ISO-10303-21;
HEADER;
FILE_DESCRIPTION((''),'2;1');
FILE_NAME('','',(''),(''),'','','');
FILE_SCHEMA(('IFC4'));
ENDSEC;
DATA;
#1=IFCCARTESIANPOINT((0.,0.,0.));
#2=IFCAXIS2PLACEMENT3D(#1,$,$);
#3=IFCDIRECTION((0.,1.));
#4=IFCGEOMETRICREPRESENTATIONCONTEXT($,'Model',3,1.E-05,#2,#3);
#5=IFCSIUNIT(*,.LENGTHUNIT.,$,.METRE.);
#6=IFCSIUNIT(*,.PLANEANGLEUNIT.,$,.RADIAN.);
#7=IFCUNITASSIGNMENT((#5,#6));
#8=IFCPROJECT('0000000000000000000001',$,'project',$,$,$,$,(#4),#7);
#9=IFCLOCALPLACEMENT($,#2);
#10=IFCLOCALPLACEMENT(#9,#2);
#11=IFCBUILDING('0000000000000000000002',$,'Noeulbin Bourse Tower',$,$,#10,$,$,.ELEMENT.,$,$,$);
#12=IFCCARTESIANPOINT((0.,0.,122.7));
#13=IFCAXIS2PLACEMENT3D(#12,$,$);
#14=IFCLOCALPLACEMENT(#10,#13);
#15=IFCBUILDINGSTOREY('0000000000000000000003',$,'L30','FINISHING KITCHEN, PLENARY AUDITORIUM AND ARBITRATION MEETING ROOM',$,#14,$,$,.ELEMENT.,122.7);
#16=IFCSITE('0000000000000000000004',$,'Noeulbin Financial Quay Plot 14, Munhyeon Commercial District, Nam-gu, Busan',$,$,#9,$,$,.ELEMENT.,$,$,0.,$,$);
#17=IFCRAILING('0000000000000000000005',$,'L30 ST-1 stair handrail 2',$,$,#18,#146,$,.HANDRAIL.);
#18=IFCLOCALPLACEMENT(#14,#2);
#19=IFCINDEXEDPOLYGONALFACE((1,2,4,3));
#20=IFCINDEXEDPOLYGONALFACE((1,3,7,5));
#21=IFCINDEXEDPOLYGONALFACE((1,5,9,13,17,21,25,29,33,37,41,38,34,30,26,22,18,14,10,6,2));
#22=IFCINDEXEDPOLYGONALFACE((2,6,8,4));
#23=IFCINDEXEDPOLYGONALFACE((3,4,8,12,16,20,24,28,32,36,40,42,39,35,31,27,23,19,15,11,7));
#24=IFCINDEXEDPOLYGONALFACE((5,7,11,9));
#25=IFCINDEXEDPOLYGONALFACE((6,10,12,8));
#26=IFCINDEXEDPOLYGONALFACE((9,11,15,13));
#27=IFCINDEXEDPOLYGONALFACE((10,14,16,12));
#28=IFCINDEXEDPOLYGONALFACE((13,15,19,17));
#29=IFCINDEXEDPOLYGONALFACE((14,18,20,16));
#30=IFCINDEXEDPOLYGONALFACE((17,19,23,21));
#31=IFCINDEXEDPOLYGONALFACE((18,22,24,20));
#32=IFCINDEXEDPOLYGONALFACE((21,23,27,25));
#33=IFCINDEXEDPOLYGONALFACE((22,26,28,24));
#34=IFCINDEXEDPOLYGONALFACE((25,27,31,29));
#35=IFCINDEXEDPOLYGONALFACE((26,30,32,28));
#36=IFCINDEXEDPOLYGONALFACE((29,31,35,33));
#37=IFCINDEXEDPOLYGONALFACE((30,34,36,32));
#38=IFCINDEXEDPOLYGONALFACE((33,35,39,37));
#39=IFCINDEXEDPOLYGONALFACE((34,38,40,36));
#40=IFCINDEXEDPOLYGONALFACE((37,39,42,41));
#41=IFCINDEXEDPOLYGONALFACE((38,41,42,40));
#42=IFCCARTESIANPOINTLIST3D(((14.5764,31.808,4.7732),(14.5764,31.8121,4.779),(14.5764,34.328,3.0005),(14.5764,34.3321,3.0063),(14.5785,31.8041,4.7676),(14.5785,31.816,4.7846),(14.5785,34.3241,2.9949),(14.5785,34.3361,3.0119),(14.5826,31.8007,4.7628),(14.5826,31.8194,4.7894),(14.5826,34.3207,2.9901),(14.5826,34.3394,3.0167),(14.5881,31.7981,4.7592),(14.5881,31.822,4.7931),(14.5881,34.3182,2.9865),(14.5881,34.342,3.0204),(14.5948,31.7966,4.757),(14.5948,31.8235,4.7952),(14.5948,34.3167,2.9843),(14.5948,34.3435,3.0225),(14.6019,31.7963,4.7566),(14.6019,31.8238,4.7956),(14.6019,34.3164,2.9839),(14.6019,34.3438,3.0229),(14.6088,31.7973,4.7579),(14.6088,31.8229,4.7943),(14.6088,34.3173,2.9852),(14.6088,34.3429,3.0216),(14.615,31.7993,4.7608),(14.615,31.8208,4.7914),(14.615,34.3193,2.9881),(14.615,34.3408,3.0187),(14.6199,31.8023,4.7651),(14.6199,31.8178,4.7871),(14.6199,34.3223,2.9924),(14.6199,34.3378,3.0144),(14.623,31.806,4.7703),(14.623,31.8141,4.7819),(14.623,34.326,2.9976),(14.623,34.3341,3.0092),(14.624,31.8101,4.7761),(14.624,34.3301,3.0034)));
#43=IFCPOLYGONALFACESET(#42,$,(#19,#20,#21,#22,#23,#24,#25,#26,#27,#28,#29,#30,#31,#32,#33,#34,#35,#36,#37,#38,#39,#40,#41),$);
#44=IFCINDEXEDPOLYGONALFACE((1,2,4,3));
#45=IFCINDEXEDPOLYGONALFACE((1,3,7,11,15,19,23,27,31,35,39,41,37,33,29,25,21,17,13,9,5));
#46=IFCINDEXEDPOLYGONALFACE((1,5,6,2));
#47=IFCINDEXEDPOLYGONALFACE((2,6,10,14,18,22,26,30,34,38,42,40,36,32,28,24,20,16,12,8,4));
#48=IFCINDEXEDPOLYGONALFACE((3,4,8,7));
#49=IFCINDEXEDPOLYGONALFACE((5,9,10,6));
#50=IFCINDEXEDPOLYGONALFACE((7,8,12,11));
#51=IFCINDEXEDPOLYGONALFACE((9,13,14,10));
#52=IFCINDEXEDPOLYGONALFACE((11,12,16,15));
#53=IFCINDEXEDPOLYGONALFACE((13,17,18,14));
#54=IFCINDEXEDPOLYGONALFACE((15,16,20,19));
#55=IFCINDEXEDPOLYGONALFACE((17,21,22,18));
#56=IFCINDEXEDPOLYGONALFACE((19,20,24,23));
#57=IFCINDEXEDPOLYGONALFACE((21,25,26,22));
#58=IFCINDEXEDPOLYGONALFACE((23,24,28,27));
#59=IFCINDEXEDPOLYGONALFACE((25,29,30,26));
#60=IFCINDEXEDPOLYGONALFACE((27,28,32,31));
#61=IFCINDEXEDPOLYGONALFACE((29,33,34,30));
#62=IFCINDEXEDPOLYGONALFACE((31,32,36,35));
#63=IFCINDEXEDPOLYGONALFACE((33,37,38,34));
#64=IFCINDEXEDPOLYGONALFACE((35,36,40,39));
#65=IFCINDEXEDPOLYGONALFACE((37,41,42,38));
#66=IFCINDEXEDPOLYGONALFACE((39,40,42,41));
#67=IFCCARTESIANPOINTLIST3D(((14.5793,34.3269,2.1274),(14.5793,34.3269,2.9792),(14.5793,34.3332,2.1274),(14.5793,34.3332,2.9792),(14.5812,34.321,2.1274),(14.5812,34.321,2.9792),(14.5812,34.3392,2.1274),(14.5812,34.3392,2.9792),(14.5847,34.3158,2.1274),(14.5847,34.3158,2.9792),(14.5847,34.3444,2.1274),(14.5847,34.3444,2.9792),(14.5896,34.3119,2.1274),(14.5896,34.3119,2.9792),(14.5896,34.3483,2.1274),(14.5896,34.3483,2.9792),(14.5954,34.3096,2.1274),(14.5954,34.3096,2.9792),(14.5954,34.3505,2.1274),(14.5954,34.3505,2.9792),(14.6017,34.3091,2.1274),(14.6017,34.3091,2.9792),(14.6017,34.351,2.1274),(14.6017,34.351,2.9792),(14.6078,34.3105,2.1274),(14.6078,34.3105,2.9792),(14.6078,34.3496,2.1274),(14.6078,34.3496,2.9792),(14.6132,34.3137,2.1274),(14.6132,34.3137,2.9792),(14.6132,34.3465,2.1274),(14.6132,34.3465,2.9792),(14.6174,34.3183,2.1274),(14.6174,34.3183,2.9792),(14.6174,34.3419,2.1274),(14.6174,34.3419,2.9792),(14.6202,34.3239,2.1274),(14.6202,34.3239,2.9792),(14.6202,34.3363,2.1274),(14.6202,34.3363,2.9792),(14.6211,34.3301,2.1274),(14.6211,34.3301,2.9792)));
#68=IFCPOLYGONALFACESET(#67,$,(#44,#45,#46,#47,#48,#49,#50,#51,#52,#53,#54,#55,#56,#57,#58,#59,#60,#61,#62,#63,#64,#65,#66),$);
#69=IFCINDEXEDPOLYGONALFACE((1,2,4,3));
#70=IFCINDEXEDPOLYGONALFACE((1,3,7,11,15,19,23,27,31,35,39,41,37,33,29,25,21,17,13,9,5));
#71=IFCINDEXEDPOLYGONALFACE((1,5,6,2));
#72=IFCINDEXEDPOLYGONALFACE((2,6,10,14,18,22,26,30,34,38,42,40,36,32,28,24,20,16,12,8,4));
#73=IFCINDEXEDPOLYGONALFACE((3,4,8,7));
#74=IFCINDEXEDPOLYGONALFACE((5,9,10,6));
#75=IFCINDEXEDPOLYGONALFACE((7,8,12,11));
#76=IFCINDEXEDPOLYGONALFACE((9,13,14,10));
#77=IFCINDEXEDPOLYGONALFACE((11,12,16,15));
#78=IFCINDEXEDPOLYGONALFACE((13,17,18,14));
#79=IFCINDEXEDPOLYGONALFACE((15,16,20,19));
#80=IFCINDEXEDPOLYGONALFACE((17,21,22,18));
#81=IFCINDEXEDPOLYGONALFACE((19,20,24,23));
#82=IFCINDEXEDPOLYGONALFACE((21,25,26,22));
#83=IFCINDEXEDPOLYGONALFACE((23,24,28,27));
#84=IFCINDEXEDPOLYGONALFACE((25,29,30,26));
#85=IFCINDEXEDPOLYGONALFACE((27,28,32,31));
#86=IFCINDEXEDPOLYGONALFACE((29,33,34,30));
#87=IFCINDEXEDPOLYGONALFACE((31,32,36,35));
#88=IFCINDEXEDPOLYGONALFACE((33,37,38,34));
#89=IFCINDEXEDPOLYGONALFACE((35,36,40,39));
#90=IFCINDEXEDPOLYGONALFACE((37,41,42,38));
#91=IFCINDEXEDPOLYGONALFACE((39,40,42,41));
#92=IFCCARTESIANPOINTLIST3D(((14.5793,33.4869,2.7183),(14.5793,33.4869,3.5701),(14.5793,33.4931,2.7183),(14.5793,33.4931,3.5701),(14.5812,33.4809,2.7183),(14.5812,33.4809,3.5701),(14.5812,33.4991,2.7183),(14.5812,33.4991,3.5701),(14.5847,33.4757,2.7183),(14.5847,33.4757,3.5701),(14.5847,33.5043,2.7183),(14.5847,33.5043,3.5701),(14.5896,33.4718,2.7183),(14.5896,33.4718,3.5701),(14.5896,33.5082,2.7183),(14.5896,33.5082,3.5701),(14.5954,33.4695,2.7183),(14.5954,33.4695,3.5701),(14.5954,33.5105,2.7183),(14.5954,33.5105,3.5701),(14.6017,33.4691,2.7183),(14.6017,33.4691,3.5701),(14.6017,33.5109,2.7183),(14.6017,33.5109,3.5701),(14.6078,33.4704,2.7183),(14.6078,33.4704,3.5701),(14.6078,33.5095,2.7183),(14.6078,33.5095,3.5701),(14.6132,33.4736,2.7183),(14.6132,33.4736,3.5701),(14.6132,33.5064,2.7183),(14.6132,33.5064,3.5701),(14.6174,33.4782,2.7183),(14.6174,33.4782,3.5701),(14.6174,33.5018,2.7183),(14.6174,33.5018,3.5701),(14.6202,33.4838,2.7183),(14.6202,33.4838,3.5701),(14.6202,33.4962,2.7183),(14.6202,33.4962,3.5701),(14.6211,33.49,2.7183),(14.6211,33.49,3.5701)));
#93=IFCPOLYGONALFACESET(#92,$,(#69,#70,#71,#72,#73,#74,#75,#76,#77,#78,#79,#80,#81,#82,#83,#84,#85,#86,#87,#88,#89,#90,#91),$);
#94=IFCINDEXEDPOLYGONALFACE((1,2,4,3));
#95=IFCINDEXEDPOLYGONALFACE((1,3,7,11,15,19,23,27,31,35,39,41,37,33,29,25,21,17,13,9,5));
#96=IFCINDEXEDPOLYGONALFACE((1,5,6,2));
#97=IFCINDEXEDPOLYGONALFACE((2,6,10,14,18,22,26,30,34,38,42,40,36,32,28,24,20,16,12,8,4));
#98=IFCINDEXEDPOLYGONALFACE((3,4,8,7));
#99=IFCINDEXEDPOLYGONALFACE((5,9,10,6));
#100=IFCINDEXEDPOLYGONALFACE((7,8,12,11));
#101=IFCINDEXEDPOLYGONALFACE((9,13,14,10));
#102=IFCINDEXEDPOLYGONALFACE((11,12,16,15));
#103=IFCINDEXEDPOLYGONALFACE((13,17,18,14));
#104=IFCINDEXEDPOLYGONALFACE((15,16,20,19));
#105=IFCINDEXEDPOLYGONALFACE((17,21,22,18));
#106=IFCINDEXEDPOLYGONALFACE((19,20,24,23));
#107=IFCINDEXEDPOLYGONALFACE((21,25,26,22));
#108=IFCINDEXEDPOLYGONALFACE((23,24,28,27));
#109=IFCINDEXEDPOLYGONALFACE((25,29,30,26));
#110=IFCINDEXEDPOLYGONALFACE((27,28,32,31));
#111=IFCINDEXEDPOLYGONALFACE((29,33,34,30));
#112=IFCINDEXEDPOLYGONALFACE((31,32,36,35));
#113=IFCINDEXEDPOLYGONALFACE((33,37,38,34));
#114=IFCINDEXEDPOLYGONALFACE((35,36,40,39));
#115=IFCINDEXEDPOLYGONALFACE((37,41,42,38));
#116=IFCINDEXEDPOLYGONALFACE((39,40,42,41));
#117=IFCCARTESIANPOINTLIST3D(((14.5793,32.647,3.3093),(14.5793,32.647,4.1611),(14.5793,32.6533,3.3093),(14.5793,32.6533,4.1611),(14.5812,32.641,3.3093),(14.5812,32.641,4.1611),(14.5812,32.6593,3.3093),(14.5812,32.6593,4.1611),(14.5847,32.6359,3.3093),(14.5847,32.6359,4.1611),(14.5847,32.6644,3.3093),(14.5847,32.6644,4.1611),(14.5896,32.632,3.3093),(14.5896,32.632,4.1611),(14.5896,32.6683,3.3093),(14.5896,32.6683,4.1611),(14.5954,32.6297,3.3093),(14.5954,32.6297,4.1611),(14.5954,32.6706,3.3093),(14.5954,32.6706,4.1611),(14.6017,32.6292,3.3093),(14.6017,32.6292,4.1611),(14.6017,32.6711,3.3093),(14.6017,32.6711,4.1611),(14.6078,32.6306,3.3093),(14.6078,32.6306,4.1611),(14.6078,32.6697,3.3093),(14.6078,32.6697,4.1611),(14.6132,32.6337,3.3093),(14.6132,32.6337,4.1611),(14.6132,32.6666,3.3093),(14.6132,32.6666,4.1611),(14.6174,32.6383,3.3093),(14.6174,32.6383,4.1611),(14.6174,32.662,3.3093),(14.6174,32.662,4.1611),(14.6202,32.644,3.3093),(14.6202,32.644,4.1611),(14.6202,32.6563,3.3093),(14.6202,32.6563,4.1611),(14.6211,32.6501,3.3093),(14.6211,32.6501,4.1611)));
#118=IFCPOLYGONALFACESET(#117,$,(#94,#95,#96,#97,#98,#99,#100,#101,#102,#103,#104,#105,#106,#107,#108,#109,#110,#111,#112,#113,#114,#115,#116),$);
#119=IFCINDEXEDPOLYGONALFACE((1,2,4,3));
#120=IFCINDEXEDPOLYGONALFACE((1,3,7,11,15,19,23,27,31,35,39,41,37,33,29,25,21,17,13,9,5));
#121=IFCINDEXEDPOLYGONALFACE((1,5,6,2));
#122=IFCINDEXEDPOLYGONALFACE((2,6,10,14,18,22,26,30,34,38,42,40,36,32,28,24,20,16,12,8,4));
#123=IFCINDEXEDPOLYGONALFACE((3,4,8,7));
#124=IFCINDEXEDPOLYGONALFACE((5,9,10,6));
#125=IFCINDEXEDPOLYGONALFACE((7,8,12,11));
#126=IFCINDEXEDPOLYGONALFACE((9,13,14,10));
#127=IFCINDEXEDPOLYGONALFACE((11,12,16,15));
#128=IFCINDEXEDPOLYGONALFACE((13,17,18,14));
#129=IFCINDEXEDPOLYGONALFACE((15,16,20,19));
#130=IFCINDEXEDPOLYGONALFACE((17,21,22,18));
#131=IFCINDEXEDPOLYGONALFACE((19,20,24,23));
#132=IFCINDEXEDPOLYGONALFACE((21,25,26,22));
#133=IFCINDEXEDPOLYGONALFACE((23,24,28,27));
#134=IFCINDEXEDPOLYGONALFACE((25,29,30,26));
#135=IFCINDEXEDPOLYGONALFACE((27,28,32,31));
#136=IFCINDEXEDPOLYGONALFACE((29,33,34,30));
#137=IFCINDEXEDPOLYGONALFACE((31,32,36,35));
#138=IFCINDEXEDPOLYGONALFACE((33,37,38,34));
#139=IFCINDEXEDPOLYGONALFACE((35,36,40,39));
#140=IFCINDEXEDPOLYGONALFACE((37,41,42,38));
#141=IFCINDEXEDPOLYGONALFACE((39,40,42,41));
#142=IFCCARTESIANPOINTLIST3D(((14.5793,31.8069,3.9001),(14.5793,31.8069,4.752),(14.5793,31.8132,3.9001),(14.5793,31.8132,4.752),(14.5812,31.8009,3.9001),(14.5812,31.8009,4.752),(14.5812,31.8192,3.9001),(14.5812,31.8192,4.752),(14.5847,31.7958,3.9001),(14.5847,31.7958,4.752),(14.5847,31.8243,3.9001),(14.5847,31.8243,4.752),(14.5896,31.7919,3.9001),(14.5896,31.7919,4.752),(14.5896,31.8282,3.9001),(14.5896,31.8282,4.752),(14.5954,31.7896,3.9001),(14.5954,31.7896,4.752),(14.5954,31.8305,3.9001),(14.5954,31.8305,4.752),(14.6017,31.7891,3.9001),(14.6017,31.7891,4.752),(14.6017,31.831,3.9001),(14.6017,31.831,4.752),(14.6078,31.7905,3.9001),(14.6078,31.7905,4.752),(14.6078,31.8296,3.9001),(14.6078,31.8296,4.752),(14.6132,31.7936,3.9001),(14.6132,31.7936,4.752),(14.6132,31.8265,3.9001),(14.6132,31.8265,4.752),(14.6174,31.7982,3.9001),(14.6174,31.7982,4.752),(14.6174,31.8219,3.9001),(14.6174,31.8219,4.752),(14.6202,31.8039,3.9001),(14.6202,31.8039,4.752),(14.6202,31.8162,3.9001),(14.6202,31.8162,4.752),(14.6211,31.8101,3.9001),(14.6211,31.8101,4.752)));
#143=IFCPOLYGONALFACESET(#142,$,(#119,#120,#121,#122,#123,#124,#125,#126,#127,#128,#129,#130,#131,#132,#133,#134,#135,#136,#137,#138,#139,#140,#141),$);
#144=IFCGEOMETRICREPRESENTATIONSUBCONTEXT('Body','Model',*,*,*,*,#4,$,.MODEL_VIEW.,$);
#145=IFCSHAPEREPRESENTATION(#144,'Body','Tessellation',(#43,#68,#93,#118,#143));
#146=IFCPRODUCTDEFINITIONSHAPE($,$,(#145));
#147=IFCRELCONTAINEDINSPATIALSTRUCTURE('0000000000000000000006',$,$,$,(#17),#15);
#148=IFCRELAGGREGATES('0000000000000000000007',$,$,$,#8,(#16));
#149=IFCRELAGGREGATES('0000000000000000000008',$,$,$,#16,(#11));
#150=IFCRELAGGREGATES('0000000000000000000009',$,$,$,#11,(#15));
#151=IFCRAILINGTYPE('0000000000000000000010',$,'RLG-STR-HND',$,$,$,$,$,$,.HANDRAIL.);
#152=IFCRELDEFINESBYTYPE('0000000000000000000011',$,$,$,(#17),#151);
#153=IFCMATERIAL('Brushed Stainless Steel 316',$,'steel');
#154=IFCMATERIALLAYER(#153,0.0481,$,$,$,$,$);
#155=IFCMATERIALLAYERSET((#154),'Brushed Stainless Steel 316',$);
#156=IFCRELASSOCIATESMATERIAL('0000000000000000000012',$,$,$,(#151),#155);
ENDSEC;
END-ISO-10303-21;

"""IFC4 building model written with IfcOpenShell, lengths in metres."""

from ifc_helpers import new_model, si_unit, direction, frame, origin, origin_2d, place, context, subcontext, project, spatial, circle, extrude, material, layer, layer_set, type_object, element, save


model = new_model("IFC4")

# Units and contexts
model_context = context("Model", 3, precision=1e-05, world=origin(), true_north=direction((0.0, 1.0)))
body_context = subcontext(model_context, "Body", "Model", "MODEL_VIEW")
ifc_project = project(units=[si_unit("LENGTHUNIT", "METRE"), si_unit("PLANEANGLEUNIT", "RADIAN")], contexts=[model_context])

# Site, building, storey
site_placement = place(None, origin())
site = spatial("IfcSite", under=ifc_project, at=site_placement, Name="Noeulbin Financial Quay Plot 14, Munhyeon Commercial District, Nam-gu, Busan", CompositionType="ELEMENT", RefElevation=0.0)
building_placement = place(site_placement, origin())
building = spatial("IfcBuilding", under=site, at=building_placement, Name="Noeulbin Bourse Tower", CompositionType="ELEMENT")
storey_placement = place(building_placement, frame((0.0, 0.0, 122.7)))
storey = spatial("IfcBuildingStorey", under=building, at=storey_placement, Name="L30", Description="FINISHING KITCHEN, PLENARY AUDITORIUM AND ARBITRATION MEETING ROOM", CompositionType="ELEMENT", Elevation=122.7)

# Railing
ifc_material_1 = material(Name="Brushed Stainless Steel 316", Category="steel")
ifc_layer_1 = layer(ifc_material_1, 0.0481)
ifc_layer_set_1 = layer_set([ifc_layer_1], Name="Brushed Stainless Steel 316")
railing_type_1 = type_object("IfcRailingType", Name="RLG-STR-HND", PredefinedType="HANDRAIL", material=ifc_layer_set_1)
railing_1_placement = place(storey_placement, frame((14.6001, 34.3301, 2.1274)))
element("IfcRailing", 1, at=railing_1_placement, inside=storey, type_object=railing_type_1, Name="L30 ST-1 stair handrail 2", PredefinedType="HANDRAIL", context=body_context, shape_type="SweptSolid", body=[
    extrude(circle(Radius=0.0239, at=origin_2d()), frame((0.0, 0.0, 0.876), z_axis=(0.0, -0.817904, 0.575354), x_axis=(1.0, 0.0, 0.0)), (0.0, 0.0, 1.0), 3.0811),
    extrude(circle(Radius=0.021, at=origin_2d()), origin(), (0.0, 0.0, 1.0), 0.8518),
    extrude(circle(Radius=0.021, at=origin_2d()), frame((0.0, -0.8401, 0.5908)), (0.0, 0.0, 1.0), 0.8518),
    extrude(circle(Radius=0.021, at=origin_2d()), frame((0.0, -1.6799, 1.1819)), (0.0, 0.0, 1.0), 0.8518),
    extrude(circle(Radius=0.021, at=origin_2d()), frame((0.0, -2.52, 1.7727)), (0.0, 0.0, 1.0), 0.8518),
])

save(model, "model.ifc")
